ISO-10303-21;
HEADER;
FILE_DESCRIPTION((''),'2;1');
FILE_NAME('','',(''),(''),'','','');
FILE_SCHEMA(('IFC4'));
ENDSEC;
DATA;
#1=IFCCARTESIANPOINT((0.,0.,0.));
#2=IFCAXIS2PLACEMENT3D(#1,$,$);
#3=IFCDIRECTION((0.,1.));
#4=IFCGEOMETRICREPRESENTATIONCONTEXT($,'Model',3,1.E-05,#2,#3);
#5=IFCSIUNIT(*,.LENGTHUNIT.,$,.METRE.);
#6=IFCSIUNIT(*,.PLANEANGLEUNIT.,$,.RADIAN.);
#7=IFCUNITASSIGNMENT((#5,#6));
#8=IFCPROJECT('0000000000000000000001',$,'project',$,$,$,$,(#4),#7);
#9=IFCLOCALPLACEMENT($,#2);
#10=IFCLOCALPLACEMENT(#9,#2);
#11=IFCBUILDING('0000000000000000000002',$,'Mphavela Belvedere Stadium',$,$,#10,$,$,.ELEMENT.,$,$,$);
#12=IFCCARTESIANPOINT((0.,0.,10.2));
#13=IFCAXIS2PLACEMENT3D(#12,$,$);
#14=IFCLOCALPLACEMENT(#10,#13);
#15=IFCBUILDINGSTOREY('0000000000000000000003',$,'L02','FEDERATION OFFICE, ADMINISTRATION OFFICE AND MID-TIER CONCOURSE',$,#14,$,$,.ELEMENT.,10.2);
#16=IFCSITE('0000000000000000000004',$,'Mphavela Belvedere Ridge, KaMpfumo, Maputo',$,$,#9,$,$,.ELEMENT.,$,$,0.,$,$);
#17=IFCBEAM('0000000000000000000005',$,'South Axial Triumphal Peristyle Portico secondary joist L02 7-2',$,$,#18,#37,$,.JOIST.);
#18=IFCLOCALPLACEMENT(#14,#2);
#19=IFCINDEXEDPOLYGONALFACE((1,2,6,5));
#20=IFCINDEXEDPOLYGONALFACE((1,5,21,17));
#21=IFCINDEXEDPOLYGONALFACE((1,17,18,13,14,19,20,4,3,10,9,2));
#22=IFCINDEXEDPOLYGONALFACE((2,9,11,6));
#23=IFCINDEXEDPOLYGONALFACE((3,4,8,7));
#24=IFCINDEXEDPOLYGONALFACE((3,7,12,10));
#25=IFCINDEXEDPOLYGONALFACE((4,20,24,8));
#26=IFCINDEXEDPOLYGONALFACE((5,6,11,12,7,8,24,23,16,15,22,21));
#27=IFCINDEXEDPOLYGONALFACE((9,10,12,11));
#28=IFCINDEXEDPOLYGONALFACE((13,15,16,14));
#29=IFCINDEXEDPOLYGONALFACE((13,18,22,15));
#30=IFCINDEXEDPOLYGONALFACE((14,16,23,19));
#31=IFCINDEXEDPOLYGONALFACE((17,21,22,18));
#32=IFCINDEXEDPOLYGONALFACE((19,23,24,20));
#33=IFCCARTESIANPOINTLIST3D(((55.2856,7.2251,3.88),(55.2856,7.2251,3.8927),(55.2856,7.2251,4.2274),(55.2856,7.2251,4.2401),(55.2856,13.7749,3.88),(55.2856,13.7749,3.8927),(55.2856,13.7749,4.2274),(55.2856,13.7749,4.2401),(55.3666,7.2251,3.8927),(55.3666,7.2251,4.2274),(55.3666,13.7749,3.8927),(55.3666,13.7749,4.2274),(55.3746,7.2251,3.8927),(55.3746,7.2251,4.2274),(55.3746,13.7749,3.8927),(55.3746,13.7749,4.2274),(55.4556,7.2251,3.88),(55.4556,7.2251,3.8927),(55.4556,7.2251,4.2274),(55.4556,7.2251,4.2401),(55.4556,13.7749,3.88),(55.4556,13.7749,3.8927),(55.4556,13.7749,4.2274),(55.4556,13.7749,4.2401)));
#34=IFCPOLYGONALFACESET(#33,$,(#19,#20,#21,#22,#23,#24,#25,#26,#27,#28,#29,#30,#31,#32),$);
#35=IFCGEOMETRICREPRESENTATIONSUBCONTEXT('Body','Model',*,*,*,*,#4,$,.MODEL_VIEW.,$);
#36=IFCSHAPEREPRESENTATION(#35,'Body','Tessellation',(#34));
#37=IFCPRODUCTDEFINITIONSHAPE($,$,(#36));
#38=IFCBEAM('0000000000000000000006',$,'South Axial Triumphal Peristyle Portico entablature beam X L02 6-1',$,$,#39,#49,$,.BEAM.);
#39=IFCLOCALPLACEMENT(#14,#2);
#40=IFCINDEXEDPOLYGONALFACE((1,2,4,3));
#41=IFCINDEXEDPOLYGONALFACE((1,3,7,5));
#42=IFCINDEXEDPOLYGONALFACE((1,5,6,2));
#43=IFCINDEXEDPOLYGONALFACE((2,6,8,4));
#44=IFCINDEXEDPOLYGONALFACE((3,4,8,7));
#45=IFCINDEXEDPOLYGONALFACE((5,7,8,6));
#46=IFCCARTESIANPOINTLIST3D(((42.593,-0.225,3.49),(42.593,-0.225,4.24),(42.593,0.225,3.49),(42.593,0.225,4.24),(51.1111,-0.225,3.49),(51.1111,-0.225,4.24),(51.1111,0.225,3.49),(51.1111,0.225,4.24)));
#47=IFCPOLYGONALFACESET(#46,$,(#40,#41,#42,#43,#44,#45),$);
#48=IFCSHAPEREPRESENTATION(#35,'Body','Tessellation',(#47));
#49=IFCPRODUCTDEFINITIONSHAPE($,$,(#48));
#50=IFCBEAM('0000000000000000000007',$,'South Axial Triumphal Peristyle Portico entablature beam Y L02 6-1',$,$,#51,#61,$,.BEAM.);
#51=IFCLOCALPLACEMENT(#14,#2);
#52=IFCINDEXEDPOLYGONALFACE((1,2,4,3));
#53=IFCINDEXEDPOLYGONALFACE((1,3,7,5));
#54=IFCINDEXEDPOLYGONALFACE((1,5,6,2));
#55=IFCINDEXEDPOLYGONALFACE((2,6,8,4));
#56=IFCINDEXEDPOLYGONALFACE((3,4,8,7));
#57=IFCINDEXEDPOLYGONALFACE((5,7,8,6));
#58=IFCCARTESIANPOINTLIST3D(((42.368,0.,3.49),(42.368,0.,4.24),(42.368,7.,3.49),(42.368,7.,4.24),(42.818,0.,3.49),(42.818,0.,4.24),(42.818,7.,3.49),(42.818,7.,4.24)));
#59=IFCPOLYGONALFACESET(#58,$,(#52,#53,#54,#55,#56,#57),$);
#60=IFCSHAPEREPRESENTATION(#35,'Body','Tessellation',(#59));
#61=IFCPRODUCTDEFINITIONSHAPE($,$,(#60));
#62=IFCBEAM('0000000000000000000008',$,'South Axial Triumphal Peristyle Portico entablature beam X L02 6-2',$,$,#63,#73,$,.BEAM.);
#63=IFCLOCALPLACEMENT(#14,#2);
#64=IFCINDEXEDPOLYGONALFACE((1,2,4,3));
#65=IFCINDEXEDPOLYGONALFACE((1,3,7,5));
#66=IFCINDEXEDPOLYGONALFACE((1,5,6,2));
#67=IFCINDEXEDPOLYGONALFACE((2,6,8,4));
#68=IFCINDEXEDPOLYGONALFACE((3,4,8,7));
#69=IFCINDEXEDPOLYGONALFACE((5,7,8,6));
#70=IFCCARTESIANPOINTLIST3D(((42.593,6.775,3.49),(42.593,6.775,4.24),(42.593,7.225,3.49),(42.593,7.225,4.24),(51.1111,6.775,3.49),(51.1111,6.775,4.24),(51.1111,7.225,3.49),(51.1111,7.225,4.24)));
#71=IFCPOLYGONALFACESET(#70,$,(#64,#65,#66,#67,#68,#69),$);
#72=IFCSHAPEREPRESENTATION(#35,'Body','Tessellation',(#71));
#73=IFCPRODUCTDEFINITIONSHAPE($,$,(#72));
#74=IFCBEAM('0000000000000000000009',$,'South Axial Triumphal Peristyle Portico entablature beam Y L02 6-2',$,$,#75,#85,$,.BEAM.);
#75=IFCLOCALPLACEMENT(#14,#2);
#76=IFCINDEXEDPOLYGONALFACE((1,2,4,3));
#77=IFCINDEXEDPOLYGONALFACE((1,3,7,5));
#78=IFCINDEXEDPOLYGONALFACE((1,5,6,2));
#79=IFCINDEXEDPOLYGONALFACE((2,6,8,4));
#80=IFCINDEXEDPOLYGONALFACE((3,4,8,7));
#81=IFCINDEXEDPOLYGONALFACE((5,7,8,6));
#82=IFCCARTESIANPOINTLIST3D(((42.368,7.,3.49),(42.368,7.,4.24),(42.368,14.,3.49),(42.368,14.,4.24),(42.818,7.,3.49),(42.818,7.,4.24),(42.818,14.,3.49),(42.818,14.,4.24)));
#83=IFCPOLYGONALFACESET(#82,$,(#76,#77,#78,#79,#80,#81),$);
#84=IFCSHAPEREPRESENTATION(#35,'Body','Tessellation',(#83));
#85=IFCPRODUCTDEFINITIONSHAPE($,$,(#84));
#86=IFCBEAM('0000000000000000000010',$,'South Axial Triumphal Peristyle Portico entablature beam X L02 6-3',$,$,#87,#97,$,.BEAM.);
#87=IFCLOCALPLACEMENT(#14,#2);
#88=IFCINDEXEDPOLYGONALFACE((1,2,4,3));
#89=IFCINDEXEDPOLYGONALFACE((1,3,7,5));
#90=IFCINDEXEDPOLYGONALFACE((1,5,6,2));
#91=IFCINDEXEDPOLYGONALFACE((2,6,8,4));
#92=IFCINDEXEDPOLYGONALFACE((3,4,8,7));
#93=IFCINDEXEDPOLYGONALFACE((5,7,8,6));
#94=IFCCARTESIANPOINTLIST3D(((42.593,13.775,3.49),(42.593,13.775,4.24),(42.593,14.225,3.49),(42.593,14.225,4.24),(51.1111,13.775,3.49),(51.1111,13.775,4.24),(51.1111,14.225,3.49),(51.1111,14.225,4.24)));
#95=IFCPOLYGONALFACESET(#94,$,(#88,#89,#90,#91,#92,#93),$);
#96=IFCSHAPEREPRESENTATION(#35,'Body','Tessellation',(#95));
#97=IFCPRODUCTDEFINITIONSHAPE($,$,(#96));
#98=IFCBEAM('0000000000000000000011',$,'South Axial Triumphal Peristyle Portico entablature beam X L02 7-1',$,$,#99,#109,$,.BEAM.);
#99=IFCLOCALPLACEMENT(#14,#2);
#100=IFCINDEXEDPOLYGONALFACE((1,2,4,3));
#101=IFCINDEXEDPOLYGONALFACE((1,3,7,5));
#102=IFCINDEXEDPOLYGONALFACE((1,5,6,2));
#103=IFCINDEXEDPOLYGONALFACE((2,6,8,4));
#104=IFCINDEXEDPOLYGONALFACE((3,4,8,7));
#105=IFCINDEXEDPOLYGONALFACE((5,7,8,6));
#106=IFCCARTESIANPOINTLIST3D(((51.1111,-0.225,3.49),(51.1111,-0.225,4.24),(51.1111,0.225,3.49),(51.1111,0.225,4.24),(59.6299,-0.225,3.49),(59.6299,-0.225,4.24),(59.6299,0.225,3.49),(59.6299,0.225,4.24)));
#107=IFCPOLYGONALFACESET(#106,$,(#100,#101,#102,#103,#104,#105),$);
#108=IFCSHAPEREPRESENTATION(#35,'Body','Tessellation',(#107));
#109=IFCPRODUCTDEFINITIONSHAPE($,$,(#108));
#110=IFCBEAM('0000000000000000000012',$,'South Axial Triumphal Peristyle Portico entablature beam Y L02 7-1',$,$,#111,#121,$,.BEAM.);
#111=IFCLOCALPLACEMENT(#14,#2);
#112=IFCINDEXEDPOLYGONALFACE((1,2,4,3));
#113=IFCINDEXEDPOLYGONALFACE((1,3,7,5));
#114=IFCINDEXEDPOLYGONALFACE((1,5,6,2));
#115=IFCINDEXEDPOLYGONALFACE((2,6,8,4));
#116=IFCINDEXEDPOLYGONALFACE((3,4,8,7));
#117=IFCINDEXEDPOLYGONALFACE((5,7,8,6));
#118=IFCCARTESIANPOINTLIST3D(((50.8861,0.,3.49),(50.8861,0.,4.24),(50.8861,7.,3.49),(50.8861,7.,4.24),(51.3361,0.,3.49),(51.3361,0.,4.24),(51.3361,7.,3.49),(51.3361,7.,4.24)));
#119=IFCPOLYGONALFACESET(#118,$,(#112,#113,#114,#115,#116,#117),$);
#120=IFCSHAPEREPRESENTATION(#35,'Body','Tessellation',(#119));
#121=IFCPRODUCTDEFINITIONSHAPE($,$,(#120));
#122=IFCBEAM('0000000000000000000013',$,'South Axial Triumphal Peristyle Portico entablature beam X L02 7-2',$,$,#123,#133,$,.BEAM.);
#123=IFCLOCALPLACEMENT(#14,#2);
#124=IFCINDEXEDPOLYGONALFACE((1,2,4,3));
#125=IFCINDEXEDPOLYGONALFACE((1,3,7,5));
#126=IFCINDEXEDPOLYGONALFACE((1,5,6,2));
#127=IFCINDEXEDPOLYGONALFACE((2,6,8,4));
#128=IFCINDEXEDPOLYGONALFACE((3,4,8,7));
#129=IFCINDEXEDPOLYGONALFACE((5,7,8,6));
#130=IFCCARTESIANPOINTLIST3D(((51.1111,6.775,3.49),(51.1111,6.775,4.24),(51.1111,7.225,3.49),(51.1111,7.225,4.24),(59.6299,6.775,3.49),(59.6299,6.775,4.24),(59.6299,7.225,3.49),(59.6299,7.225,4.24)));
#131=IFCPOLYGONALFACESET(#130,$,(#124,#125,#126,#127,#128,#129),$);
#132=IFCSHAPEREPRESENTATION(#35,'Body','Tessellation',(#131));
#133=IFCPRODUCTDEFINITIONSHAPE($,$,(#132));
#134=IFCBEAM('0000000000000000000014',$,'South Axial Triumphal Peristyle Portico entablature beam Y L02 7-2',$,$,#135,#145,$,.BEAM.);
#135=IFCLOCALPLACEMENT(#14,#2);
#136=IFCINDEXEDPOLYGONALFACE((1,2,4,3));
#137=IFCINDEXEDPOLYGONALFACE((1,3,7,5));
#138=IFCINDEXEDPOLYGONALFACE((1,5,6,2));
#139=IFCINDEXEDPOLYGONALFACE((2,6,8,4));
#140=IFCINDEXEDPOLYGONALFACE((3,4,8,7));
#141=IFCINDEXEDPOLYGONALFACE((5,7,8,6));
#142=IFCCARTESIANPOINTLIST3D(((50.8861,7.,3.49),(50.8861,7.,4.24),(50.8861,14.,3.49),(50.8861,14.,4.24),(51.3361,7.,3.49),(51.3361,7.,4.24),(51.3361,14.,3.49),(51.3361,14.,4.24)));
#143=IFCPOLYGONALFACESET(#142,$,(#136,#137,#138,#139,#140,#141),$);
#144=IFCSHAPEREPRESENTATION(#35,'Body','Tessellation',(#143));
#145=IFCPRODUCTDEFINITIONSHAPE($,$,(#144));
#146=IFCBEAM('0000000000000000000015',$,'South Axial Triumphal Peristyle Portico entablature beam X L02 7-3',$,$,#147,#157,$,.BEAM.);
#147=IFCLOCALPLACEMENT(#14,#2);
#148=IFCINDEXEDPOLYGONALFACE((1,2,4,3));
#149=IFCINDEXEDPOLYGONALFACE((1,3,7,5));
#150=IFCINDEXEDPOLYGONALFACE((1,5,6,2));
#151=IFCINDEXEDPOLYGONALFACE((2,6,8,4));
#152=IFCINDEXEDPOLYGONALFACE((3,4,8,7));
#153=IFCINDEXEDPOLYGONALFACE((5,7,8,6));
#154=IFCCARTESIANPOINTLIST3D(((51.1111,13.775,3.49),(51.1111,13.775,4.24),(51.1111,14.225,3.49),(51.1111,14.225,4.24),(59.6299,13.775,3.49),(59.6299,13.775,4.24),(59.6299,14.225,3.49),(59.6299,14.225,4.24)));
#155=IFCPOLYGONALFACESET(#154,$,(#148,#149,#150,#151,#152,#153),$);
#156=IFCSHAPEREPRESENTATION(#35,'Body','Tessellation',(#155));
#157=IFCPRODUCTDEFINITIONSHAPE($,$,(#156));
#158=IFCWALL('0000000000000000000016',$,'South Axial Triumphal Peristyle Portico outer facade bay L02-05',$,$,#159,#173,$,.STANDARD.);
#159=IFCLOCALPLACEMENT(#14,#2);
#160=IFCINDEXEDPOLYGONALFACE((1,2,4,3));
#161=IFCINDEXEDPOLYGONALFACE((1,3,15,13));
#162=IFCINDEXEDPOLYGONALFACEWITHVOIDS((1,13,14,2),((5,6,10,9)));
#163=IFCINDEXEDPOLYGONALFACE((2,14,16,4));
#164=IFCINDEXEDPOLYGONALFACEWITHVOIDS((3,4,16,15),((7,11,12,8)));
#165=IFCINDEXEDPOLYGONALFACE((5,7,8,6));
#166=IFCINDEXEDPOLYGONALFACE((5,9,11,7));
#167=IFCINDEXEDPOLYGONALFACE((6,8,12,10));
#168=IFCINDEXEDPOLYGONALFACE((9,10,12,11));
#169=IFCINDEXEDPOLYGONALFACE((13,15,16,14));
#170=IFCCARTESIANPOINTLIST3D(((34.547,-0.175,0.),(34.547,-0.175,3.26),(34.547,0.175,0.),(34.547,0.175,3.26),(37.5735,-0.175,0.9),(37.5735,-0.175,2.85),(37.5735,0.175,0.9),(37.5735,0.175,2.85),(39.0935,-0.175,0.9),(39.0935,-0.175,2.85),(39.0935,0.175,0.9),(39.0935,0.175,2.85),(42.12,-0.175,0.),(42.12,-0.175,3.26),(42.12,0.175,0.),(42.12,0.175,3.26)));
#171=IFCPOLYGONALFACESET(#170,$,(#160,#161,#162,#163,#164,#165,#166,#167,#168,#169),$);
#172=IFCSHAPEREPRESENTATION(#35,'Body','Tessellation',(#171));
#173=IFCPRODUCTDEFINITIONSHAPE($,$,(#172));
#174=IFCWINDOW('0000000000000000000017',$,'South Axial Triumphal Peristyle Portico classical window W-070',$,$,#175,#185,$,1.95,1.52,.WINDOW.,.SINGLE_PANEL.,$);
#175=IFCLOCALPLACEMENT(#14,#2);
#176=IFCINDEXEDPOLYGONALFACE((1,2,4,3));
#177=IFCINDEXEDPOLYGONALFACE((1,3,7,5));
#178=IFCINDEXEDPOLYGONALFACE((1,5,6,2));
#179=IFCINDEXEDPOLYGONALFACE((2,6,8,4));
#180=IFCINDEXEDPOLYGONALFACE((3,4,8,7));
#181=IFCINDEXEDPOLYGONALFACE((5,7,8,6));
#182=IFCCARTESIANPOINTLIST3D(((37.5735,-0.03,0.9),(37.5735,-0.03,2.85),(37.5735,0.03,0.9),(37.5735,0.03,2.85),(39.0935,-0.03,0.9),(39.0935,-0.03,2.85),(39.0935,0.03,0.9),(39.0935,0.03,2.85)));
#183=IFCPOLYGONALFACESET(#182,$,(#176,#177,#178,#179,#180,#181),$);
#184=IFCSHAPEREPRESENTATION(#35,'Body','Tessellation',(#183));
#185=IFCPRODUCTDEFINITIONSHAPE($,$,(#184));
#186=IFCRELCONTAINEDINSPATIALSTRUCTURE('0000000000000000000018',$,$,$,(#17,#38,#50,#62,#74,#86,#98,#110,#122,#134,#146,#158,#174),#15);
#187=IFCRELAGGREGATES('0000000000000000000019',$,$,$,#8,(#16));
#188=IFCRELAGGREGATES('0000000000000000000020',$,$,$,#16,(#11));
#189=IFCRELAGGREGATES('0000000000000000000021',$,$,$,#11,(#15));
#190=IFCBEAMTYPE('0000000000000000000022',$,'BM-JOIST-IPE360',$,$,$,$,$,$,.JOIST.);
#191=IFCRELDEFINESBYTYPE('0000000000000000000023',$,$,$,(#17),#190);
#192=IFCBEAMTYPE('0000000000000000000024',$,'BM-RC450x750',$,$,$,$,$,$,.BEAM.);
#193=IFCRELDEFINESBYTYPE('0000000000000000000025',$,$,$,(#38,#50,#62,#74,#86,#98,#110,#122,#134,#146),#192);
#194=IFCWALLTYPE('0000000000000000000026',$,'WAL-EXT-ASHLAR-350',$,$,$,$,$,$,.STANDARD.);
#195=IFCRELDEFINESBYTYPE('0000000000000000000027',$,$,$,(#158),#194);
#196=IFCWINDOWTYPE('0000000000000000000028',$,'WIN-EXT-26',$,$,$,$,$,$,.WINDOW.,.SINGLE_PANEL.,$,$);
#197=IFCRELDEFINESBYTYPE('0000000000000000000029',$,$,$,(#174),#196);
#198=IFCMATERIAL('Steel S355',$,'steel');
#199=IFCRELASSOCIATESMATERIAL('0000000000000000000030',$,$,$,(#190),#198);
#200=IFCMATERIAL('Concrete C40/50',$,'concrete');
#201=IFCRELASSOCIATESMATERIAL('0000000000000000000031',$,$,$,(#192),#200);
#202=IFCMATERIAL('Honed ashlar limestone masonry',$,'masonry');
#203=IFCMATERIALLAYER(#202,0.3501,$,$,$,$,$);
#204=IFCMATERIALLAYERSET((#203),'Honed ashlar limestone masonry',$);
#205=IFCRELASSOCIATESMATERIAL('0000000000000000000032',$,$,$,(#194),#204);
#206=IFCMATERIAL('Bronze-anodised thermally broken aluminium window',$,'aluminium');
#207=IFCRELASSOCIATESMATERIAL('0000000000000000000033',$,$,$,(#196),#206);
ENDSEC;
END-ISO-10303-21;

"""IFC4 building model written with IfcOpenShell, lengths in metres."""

from ifc_helpers import new_model, si_unit, direction, frame, frame_2d, origin, origin_2d, place, context, subcontext, project, spatial, rectangle, i_section, extrude, material, layer, layer_set, material_profile, profile_set, type_object, element, fill, save


model = new_model("IFC4")

# Units and contexts
model_context = context("Model", 3, precision=1e-05, world=origin(), true_north=direction((0.0, 1.0)))
body_context = subcontext(model_context, "Body", "Model", "MODEL_VIEW")
ifc_project = project(units=[si_unit("LENGTHUNIT", "METRE"), si_unit("PLANEANGLEUNIT", "RADIAN")], contexts=[model_context])

# Site, building, storey
site_placement = place(None, origin())
site = spatial("IfcSite", under=ifc_project, at=site_placement, Name="Mphavela Belvedere Ridge, KaMpfumo, Maputo", CompositionType="ELEMENT", RefElevation=0.0)
building_placement = place(site_placement, origin())
building = spatial("IfcBuilding", under=site, at=building_placement, Name="Mphavela Belvedere Stadium", CompositionType="ELEMENT")
storey_placement = place(building_placement, frame((0.0, 0.0, 10.2)))
storey = spatial("IfcBuildingStorey", under=building, at=storey_placement, Name="L02", Description="FEDERATION OFFICE, ADMINISTRATION OFFICE AND MID-TIER CONCOURSE", CompositionType="ELEMENT", Elevation=10.2)

# Beams
ifc_material_1 = material(Name="Steel S355", Category="steel")
ifc_material_profile_1 = material_profile(ifc_material_1, i_section(OverallWidth=0.1699, OverallDepth=0.3601, WebThickness=0.0081, FlangeThickness=0.0127, at=origin_2d()), Name="IPE 360")
ifc_profile_set_1 = profile_set([ifc_material_profile_1], Name="Steel S355")
beam_type_1 = type_object("IfcBeamType", Name="BM-JOIST-IPE360", PredefinedType="JOIST", material=ifc_profile_set_1)
for number, where, z_axis, x_axis, name in (
    (1, (55.3706, 7.2251, 4.0601), (0.0, 1.0, 0.0), (-1.0, 0.0, 0.0), "South Axial Triumphal Peristyle Portico secondary joist L02 7-2"),
):
    element("IfcBeam", number, at=place(storey_placement, frame(where, z_axis=z_axis, x_axis=x_axis)), inside=storey, type_object=beam_type_1, Name=name, PredefinedType="JOIST", context=body_context, shape_type="SweptSolid", body=[
        extrude(i_section(OverallWidth=0.1699, OverallDepth=0.3601, WebThickness=0.0081, FlangeThickness=0.0127, at=origin_2d()), origin(), (0.0, 0.0, 1.0), 6.5498),
    ])
ifc_material_2 = material(Name="Concrete C40/50", Category="concrete")
ifc_material_profile_2 = material_profile(ifc_material_2, rectangle(XDim=0.45, YDim=0.75, at=origin_2d()), Name="RC 450x750")
ifc_profile_set_2 = profile_set([ifc_material_profile_2], Name="Concrete C40/50")
beam_type_2 = type_object("IfcBeamType", Name="BM-RC450x750", PredefinedType="BEAM", material=ifc_profile_set_2)
beam_1_placement = place(storey_placement, frame((42.593, 0.0, 3.865), z_axis=(1.0, 0.0, 0.0), x_axis=(0.0, 1.0, 0.0)))
element("IfcBeam", 2, at=beam_1_placement, inside=storey, type_object=beam_type_2, Name="South Axial Triumphal Peristyle Portico entablature beam X L02 6-1", PredefinedType="BEAM", context=body_context, shape_type="SweptSolid", body=[
    extrude(rectangle(XDim=0.45, YDim=0.75, at=origin_2d()), origin(), (0.0, 0.0, 1.0), 8.5181),
])
beam_2_placement = place(storey_placement, frame((42.593, 0.0, 3.865), z_axis=(0.0, 1.0, 0.0), x_axis=(-1.0, 0.0, 0.0)))
element("IfcBeam", 3, at=beam_2_placement, inside=storey, type_object=beam_type_2, Name="South Axial Triumphal Peristyle Portico entablature beam Y L02 6-1", PredefinedType="BEAM", context=body_context, shape_type="SweptSolid", body=[
    extrude(rectangle(XDim=0.45, YDim=0.75, at=origin_2d()), origin(), (0.0, 0.0, 1.0), 7.0),
])
beam_3_placement = place(storey_placement, frame((42.593, 7.0, 3.865), z_axis=(1.0, 0.0, 0.0), x_axis=(0.0, 1.0, 0.0)))
element("IfcBeam", 4, at=beam_3_placement, inside=storey, type_object=beam_type_2, Name="South Axial Triumphal Peristyle Portico entablature beam X L02 6-2", PredefinedType="BEAM", context=body_context, shape_type="SweptSolid", body=[
    extrude(rectangle(XDim=0.45, YDim=0.75, at=origin_2d()), origin(), (0.0, 0.0, 1.0), 8.5181),
])
beam_4_placement = place(storey_placement, frame((42.593, 7.0, 3.865), z_axis=(0.0, 1.0, 0.0), x_axis=(-1.0, 0.0, 0.0)))
element("IfcBeam", 5, at=beam_4_placement, inside=storey, type_object=beam_type_2, Name="South Axial Triumphal Peristyle Portico entablature beam Y L02 6-2", PredefinedType="BEAM", context=body_context, shape_type="SweptSolid", body=[
    extrude(rectangle(XDim=0.45, YDim=0.75, at=origin_2d()), origin(), (0.0, 0.0, 1.0), 7.0),
])
beam_5_placement = place(storey_placement, frame((42.593, 14.0, 3.865), z_axis=(1.0, 0.0, 0.0), x_axis=(0.0, 1.0, 0.0)))
element("IfcBeam", 6, at=beam_5_placement, inside=storey, type_object=beam_type_2, Name="South Axial Triumphal Peristyle Portico entablature beam X L02 6-3", PredefinedType="BEAM", context=body_context, shape_type="SweptSolid", body=[
    extrude(rectangle(XDim=0.45, YDim=0.75, at=origin_2d()), origin(), (0.0, 0.0, 1.0), 8.5181),
])
beam_6_placement = place(storey_placement, frame((51.1111, 0.0, 3.865), z_axis=(1.0, 0.0, 0.0), x_axis=(0.0, 1.0, 0.0)))
element("IfcBeam", 7, at=beam_6_placement, inside=storey, type_object=beam_type_2, Name="South Axial Triumphal Peristyle Portico entablature beam X L02 7-1", PredefinedType="BEAM", context=body_context, shape_type="SweptSolid", body=[
    extrude(rectangle(XDim=0.45, YDim=0.75, at=origin_2d()), origin(), (0.0, 0.0, 1.0), 8.5188),
])
beam_7_placement = place(storey_placement, frame((51.1111, 0.0, 3.865), z_axis=(0.0, 1.0, 0.0), x_axis=(-1.0, 0.0, 0.0)))
element("IfcBeam", 8, at=beam_7_placement, inside=storey, type_object=beam_type_2, Name="South Axial Triumphal Peristyle Portico entablature beam Y L02 7-1", PredefinedType="BEAM", context=body_context, shape_type="SweptSolid", body=[
    extrude(rectangle(XDim=0.45, YDim=0.75, at=origin_2d()), origin(), (0.0, 0.0, 1.0), 7.0),
])
beam_8_placement = place(storey_placement, frame((51.1111, 7.0, 3.865), z_axis=(1.0, 0.0, 0.0), x_axis=(0.0, 1.0, 0.0)))
element("IfcBeam", 9, at=beam_8_placement, inside=storey, type_object=beam_type_2, Name="South Axial Triumphal Peristyle Portico entablature beam X L02 7-2", PredefinedType="BEAM", context=body_context, shape_type="SweptSolid", body=[
    extrude(rectangle(XDim=0.45, YDim=0.75, at=origin_2d()), origin(), (0.0, 0.0, 1.0), 8.5188),
])
beam_9_placement = place(storey_placement, frame((51.1111, 7.0, 3.865), z_axis=(0.0, 1.0, 0.0), x_axis=(-1.0, 0.0, 0.0)))
element("IfcBeam", 10, at=beam_9_placement, inside=storey, type_object=beam_type_2, Name="South Axial Triumphal Peristyle Portico entablature beam Y L02 7-2", PredefinedType="BEAM", context=body_context, shape_type="SweptSolid", body=[
    extrude(rectangle(XDim=0.45, YDim=0.75, at=origin_2d()), origin(), (0.0, 0.0, 1.0), 7.0),
])
beam_10_placement = place(storey_placement, frame((51.1111, 14.0, 3.865), z_axis=(1.0, 0.0, 0.0), x_axis=(0.0, 1.0, 0.0)))
element("IfcBeam", 11, at=beam_10_placement, inside=storey, type_object=beam_type_2, Name="South Axial Triumphal Peristyle Portico entablature beam X L02 7-3", PredefinedType="BEAM", context=body_context, shape_type="SweptSolid", body=[
    extrude(rectangle(XDim=0.45, YDim=0.75, at=origin_2d()), origin(), (0.0, 0.0, 1.0), 8.5188),
])

# Wall, opening, window
ifc_material_3 = material(Name="Honed ashlar limestone masonry", Category="masonry")
ifc_layer_1 = layer(ifc_material_3, 0.3501)
ifc_layer_set_1 = layer_set([ifc_layer_1], Name="Honed ashlar limestone masonry")
wall_type_1 = type_object("IfcWallType", Name="WAL-EXT-ASHLAR-350", PredefinedType="STANDARD", material=ifc_layer_set_1)
wall_1_placement = place(storey_placement, frame((42.1201, 0.0, 0.0), z_axis=(0.0, 0.0, 1.0), x_axis=(-1.0, 0.0, 0.0)))
wall_1 = element("IfcWall", 12, at=wall_1_placement, inside=storey, type_object=wall_type_1, Name="South Axial Triumphal Peristyle Portico outer facade bay L02-05", PredefinedType="STANDARD", context=body_context, shape_type="SweptSolid", body=[
    extrude(rectangle(XDim=7.573, YDim=0.3501, at=frame_2d((3.7866, 0.0))), origin(), (0.0, 0.0, 1.0), 3.26),
])
opening_1_placement = place(wall_1_placement, frame((3.0266, 0.0, 0.8999)))
opening_1 = element("IfcOpeningElement", 13, at=opening_1_placement, cuts=wall_1, PredefinedType="OPENING", context=body_context, shape_type="SweptSolid", body=[
    extrude(rectangle(XDim=1.52, YDim=1.95, at=frame_2d((0.76, 0.9751))), frame((0.0, 0.1851, 0.0), z_axis=(0.0, -1.0, 0.0), x_axis=(1.0, 0.0, 0.0)), (0.0, 0.0, 1.0), 0.3701),
])
ifc_material_4 = material(Name="Bronze-anodised thermally broken aluminium window", Category="aluminium")
window_type_1 = type_object("IfcWindowType", Name="WIN-EXT-26", PartitioningType="SINGLE_PANEL", PredefinedType="WINDOW", material=ifc_material_4)
window_1_placement = place(opening_1_placement, origin())
window_1 = element("IfcWindow", 14, at=window_1_placement, inside=storey, type_object=window_type_1, Name="South Axial Triumphal Peristyle Portico classical window W-070", OverallHeight=1.95, OverallWidth=1.52, PartitioningType="SINGLE_PANEL", PredefinedType="WINDOW", context=body_context, shape_type="SweptSolid", body=[
    extrude(rectangle(XDim=1.52, YDim=1.95, at=frame_2d((0.76, 0.9751))), frame((0.0, 0.03, 0.0), z_axis=(0.0, -1.0, 0.0), x_axis=(1.0, 0.0, 0.0)), (0.0, 0.0, 1.0), 0.0601),
])
fill(opening_1, window_1)

save(model, "model.ifc")
